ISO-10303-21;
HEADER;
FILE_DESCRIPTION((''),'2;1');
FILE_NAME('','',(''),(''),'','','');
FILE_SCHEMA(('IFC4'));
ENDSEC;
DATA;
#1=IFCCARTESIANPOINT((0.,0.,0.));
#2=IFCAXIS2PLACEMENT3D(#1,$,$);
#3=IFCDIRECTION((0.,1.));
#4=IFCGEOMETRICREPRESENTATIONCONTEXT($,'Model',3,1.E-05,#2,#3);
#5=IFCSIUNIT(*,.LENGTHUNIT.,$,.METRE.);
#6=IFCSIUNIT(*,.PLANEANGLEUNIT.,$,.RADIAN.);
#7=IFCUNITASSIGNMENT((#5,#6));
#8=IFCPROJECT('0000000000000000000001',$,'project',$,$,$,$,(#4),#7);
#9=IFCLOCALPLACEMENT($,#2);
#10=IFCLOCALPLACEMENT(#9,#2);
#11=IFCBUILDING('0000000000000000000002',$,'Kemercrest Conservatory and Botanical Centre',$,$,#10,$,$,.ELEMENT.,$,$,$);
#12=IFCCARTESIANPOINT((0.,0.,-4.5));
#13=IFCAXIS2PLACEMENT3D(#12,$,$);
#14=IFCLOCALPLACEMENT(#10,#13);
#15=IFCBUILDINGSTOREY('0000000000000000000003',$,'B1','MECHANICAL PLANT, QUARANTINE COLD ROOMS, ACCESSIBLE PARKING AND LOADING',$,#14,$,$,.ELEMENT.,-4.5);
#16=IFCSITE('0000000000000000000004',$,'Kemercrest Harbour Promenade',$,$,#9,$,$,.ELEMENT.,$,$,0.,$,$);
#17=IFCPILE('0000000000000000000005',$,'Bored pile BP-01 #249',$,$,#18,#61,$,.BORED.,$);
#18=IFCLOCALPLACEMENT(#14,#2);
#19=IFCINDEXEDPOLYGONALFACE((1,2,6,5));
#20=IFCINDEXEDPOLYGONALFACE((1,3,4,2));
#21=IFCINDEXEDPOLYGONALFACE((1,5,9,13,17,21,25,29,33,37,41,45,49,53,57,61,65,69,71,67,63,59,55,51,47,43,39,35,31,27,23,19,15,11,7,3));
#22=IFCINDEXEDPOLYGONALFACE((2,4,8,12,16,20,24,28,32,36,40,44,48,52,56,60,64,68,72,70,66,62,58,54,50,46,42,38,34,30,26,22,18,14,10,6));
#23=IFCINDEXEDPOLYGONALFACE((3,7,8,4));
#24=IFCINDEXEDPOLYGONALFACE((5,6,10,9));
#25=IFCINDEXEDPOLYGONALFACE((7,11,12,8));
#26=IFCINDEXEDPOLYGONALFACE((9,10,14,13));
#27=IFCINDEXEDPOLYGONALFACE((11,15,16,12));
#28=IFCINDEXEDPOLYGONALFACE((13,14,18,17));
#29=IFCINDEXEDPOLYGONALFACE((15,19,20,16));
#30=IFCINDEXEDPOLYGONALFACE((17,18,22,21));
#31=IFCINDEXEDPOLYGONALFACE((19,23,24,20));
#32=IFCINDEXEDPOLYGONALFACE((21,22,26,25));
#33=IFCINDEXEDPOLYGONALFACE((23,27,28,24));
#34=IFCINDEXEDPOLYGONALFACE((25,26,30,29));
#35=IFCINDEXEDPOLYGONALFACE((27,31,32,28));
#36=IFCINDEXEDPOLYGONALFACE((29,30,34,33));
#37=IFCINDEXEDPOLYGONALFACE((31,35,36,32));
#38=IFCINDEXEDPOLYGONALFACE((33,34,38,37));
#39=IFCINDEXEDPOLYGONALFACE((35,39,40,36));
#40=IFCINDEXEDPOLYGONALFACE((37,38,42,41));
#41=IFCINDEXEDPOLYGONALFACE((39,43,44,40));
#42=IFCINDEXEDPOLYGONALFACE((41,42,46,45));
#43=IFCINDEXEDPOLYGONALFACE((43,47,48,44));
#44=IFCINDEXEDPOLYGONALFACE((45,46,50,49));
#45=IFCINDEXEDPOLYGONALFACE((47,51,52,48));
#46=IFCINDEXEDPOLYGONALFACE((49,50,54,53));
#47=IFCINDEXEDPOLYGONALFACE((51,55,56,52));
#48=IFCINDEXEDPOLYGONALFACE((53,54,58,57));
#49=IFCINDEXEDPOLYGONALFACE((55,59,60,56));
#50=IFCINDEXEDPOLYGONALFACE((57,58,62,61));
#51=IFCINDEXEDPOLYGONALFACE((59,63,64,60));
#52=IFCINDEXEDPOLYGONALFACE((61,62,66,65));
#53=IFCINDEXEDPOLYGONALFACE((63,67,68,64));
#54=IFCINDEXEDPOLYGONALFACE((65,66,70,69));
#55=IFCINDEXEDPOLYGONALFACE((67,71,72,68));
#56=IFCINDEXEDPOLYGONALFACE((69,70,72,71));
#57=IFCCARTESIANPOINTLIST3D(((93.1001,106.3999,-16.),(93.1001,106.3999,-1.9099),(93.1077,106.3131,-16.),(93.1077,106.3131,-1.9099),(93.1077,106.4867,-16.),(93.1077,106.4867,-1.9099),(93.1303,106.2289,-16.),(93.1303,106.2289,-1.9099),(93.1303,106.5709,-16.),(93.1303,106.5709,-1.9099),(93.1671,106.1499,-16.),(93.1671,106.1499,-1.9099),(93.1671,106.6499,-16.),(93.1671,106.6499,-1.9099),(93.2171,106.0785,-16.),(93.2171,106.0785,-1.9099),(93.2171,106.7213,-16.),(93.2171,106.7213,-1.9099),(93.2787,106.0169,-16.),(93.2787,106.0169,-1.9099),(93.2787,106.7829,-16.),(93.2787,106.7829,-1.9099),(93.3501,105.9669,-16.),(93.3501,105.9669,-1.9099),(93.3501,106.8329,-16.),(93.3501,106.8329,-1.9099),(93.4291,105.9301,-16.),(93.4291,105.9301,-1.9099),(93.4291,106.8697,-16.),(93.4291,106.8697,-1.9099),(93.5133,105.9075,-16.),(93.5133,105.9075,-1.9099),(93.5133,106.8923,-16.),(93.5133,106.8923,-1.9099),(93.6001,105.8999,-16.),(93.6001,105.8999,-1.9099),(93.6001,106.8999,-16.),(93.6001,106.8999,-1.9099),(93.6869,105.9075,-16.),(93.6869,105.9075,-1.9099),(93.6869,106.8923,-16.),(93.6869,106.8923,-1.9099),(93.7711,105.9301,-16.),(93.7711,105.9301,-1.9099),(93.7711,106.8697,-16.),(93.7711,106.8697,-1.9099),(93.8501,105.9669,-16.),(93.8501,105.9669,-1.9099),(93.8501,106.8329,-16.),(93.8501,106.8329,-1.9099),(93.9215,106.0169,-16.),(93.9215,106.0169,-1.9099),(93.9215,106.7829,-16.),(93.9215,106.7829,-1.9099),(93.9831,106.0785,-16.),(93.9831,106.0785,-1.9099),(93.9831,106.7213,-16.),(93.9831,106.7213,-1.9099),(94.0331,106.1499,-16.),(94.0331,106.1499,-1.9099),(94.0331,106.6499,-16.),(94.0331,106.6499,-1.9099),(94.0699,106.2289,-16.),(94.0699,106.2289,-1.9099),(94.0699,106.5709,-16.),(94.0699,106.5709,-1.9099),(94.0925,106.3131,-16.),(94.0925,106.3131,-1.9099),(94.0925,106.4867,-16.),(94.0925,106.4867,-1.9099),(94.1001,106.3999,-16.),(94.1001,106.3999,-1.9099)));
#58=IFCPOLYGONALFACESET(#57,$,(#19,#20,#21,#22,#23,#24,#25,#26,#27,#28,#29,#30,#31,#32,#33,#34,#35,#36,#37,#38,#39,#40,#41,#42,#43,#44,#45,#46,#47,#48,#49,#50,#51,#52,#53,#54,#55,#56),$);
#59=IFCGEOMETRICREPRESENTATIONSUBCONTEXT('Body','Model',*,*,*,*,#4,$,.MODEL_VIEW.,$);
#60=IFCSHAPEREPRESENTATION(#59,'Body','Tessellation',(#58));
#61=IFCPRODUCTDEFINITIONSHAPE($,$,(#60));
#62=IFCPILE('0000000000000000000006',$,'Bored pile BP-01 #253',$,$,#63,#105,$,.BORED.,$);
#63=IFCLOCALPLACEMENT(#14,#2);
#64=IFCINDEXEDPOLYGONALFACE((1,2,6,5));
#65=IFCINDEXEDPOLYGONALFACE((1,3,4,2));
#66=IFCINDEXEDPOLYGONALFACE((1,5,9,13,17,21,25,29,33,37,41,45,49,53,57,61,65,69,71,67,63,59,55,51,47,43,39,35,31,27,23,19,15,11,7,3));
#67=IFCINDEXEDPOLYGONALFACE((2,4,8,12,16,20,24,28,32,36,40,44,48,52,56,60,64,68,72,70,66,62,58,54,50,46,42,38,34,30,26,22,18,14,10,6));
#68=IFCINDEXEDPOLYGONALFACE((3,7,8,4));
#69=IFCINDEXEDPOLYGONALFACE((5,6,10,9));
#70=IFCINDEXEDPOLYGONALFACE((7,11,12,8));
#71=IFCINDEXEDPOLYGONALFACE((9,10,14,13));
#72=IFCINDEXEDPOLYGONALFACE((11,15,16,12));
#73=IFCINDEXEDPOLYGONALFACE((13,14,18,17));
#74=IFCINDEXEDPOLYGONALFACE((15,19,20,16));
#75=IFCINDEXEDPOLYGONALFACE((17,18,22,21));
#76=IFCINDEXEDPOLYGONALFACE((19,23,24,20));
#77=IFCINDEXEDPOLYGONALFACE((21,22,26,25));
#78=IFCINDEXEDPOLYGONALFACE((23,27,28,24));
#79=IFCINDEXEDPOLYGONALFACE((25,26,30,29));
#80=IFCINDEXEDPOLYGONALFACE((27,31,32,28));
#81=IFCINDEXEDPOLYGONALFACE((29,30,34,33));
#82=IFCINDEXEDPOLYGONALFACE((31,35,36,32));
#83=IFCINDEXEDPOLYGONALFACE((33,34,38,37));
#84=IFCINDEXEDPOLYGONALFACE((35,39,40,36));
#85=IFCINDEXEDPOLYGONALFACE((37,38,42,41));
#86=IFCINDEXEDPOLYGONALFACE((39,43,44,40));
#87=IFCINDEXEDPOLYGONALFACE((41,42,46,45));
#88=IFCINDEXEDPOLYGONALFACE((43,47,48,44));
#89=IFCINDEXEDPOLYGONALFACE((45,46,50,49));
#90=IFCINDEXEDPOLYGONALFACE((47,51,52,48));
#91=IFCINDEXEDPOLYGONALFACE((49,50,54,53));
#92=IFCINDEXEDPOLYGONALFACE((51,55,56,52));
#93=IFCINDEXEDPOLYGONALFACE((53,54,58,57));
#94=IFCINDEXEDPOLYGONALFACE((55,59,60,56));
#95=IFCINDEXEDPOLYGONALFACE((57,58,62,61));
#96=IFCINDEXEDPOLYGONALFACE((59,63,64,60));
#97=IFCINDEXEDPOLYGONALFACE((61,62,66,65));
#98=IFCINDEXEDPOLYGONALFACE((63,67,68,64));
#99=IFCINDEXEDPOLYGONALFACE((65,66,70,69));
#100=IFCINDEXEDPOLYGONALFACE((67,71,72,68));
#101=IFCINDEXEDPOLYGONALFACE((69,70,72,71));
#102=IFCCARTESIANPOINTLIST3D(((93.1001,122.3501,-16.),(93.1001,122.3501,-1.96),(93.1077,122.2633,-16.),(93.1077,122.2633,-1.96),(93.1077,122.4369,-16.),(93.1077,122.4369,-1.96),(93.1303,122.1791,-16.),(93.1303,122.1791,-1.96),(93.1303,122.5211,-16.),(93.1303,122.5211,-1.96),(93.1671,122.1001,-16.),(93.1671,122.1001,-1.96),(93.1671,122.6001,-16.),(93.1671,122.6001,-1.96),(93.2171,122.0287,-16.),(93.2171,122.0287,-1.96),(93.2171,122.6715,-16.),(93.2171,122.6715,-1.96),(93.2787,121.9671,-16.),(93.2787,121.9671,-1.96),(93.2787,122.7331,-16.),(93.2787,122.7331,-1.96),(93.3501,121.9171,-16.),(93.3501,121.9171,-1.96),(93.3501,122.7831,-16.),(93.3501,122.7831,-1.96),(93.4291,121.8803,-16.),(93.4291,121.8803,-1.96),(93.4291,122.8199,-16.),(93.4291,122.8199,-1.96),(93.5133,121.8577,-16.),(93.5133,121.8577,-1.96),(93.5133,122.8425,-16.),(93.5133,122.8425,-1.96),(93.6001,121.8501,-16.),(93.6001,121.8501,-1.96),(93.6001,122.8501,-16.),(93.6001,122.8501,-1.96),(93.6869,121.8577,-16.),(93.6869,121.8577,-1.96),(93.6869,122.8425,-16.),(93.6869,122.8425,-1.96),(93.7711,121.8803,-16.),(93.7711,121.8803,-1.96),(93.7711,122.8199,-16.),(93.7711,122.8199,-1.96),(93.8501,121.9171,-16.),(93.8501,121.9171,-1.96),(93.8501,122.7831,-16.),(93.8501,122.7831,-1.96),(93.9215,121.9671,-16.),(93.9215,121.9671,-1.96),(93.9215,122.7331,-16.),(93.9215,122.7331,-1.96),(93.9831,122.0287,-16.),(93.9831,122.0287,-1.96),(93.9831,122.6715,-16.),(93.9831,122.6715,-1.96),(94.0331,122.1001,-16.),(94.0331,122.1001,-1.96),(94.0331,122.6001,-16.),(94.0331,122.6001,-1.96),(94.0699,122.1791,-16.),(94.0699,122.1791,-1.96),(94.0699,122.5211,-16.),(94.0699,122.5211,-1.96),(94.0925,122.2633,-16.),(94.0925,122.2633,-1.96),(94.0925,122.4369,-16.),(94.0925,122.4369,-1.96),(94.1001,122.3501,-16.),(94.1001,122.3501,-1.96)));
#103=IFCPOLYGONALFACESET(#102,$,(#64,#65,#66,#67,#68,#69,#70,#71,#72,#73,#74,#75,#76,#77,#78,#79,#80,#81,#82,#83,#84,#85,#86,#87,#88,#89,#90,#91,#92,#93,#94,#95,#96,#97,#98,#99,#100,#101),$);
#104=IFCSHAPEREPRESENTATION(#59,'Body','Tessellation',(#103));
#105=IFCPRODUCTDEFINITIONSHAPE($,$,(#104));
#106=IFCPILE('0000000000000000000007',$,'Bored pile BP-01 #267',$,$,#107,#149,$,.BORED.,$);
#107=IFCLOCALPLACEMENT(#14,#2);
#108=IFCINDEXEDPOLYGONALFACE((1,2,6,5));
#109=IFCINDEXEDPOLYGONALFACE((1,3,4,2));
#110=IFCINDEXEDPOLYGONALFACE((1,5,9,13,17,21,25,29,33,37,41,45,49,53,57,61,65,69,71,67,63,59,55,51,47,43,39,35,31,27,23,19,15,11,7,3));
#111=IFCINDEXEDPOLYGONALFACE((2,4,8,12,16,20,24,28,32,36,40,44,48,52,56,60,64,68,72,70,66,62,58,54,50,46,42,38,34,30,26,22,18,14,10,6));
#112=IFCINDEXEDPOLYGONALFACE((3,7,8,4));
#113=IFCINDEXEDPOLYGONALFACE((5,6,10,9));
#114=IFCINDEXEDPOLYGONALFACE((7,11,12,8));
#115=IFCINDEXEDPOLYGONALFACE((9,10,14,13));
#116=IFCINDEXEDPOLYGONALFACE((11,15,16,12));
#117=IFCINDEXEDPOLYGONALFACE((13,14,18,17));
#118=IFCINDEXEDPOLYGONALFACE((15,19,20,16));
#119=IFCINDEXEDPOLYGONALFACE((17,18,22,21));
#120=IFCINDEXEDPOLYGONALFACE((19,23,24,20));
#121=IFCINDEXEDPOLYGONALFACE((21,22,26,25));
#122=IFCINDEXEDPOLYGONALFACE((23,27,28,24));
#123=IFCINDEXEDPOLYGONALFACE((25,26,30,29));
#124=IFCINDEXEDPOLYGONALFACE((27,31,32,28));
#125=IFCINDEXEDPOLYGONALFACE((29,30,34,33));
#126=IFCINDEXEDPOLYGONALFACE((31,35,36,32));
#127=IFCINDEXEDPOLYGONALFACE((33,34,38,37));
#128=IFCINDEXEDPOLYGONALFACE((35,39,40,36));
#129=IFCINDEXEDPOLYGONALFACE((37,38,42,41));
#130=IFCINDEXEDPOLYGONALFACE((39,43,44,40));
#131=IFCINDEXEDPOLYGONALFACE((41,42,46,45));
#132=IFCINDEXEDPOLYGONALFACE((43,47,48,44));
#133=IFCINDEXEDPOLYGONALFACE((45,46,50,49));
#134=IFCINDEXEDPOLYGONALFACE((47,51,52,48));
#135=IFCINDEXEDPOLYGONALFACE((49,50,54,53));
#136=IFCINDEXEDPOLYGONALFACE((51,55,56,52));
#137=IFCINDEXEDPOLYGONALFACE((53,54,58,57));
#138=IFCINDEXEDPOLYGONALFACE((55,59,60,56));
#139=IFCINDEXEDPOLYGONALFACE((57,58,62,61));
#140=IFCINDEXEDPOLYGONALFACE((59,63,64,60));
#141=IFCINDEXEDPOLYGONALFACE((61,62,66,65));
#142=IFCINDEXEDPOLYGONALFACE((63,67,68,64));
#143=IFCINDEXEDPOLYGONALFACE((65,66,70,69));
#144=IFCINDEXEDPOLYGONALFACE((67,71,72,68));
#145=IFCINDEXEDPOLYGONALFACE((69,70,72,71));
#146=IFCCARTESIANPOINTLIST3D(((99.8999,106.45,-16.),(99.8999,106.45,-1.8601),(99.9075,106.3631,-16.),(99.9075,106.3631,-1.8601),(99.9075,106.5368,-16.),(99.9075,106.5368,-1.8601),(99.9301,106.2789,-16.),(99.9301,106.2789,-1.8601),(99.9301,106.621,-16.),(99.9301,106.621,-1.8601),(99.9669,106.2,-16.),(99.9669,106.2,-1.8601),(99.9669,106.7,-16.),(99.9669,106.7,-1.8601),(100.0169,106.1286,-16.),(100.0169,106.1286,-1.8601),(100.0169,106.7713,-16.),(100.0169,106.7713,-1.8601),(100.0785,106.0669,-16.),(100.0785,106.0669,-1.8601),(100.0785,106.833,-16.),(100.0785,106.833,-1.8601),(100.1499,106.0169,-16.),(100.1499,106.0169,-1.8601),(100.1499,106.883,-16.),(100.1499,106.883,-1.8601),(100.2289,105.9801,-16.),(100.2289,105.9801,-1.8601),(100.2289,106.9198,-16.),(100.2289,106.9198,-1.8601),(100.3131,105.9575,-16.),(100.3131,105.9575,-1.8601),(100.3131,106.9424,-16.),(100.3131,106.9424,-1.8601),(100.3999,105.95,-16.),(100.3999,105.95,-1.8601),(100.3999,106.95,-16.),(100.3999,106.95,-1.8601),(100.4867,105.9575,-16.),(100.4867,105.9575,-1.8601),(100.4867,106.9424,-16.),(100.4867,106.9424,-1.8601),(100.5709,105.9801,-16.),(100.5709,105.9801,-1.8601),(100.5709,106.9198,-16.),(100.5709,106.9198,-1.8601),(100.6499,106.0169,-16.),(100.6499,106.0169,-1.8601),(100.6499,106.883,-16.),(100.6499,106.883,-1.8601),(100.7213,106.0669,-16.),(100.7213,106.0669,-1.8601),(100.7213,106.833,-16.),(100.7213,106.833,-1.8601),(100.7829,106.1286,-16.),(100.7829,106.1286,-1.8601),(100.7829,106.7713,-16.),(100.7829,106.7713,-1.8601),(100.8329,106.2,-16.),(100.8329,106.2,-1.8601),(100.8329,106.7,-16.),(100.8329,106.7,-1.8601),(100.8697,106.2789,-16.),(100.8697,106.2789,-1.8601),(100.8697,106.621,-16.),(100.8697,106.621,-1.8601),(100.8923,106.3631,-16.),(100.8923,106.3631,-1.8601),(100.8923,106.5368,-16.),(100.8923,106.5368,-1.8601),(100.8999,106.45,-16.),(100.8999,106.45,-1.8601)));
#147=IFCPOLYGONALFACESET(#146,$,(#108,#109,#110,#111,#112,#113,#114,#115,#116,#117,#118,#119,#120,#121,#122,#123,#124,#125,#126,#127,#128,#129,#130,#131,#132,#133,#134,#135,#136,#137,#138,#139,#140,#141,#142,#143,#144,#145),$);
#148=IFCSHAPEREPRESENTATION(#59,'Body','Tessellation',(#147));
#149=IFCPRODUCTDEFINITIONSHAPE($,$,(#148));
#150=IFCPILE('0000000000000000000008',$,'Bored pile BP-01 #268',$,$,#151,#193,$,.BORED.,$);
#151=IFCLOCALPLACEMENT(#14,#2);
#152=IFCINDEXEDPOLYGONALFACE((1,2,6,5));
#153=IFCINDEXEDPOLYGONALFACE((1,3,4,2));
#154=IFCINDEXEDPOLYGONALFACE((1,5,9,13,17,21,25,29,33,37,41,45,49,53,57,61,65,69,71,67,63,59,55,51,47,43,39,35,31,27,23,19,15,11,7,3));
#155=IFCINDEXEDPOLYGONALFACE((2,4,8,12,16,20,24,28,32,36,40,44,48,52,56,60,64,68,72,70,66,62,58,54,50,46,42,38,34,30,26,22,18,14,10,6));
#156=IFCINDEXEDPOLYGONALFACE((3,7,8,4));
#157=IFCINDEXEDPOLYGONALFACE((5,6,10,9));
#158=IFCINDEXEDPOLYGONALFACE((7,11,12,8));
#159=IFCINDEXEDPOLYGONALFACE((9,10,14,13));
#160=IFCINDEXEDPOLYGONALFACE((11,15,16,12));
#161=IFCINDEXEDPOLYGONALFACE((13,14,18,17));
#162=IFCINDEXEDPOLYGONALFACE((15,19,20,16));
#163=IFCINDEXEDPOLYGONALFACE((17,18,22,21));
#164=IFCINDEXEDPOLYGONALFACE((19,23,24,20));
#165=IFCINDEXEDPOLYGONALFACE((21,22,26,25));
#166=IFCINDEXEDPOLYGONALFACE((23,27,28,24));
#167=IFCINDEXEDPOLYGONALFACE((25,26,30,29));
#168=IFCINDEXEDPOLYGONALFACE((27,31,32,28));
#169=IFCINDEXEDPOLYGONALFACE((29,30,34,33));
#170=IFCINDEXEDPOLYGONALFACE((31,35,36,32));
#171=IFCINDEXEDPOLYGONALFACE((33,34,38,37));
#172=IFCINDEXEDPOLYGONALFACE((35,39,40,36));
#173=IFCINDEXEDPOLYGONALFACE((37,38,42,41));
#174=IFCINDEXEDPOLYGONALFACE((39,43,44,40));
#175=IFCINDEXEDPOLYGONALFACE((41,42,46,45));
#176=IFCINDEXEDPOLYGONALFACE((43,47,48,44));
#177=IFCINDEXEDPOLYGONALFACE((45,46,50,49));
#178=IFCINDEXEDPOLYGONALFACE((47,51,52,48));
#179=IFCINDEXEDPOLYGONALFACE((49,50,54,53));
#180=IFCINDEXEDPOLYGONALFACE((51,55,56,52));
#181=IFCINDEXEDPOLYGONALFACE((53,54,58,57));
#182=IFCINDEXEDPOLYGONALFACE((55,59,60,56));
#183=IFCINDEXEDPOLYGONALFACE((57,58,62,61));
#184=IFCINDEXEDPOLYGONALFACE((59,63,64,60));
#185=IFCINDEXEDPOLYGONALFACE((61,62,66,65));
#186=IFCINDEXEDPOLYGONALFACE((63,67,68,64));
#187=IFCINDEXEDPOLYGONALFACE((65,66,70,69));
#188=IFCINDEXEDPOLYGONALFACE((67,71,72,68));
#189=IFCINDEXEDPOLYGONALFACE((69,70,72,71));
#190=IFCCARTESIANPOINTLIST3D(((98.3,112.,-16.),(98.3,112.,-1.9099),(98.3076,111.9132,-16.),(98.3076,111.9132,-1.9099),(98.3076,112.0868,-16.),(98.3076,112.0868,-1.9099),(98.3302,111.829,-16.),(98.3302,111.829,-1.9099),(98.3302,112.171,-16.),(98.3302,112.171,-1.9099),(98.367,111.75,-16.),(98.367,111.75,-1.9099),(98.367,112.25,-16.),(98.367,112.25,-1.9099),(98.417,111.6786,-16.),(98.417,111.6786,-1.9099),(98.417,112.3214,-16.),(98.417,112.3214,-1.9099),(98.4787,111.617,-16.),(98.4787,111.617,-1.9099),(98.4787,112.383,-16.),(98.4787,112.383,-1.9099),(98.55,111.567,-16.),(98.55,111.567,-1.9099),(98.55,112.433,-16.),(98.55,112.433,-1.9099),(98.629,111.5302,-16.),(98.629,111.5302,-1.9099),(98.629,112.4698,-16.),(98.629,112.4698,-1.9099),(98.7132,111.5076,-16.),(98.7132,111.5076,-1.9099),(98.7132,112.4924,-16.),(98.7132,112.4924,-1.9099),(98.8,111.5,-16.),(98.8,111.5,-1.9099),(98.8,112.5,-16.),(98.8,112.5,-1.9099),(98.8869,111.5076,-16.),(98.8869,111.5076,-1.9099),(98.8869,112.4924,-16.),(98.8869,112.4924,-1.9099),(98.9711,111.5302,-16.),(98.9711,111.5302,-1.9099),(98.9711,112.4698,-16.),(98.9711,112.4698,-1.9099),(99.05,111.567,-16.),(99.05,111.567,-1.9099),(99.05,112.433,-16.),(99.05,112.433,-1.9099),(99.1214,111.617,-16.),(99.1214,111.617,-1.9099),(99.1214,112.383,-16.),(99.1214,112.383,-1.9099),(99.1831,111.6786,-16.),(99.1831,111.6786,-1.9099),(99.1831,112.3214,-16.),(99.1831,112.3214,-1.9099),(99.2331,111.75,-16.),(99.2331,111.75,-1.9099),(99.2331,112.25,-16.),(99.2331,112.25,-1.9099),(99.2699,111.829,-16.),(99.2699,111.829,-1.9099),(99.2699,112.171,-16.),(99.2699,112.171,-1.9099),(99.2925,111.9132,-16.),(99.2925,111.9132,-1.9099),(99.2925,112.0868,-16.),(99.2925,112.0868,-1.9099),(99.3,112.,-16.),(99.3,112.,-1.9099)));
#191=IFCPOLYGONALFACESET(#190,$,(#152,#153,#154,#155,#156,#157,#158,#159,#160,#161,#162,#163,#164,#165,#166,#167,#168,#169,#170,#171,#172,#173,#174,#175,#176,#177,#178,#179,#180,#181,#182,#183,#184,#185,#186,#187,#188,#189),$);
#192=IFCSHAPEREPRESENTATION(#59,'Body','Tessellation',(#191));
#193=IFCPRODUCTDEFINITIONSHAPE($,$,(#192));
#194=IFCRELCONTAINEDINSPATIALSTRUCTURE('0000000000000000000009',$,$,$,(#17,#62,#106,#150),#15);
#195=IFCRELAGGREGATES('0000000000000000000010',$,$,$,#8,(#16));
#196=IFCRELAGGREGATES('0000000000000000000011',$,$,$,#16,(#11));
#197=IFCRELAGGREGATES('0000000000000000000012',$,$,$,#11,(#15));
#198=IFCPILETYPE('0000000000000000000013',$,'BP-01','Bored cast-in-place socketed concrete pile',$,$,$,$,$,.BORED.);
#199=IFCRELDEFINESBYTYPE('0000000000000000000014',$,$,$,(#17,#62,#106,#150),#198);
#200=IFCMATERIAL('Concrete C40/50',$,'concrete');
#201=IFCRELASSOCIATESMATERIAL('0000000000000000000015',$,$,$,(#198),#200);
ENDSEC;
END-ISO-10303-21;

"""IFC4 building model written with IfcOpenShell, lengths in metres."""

from ifc_helpers import new_model, si_unit, direction, frame, origin, origin_2d, place, context, subcontext, project, spatial, circle, extrude, material, material_profile, profile_set, type_object, element, save


model = new_model("IFC4")

# Units and contexts
model_context = context("Model", 3, precision=1e-05, world=origin(), true_north=direction((0.0, 1.0)))
body_context = subcontext(model_context, "Body", "Model", "MODEL_VIEW")
ifc_project = project(units=[si_unit("LENGTHUNIT", "METRE"), si_unit("PLANEANGLEUNIT", "RADIAN")], contexts=[model_context])

# Site, building, storey
site_placement = place(None, origin())
site = spatial("IfcSite", under=ifc_project, at=site_placement, Name="Kemercrest Harbour Promenade", CompositionType="ELEMENT", RefElevation=0.0)
building_placement = place(site_placement, origin())
building = spatial("IfcBuilding", under=site, at=building_placement, Name="Kemercrest Conservatory and Botanical Centre", CompositionType="ELEMENT")
storey_placement = place(building_placement, frame((0.0, 0.0, -4.5)))
storey = spatial("IfcBuildingStorey", under=building, at=storey_placement, Name="B1", Description="MECHANICAL PLANT, QUARANTINE COLD ROOMS, ACCESSIBLE PARKING AND LOADING", CompositionType="ELEMENT", Elevation=-4.5)

# Piles
ifc_material_1 = material(Name="Concrete C40/50", Category="concrete")
ifc_material_profile_1 = material_profile(ifc_material_1, circle(Radius=0.5, at=origin_2d()), Name="BORED PILE 1000")
ifc_profile_set_1 = profile_set([ifc_material_profile_1], Name="Concrete C40/50")
pile_type_1 = type_object("IfcPileType", Name="BP-01", Description="Bored cast-in-place socketed concrete pile", PredefinedType="BORED", material=ifc_profile_set_1)
pile_1_placement = place(storey_placement, frame((93.6001, 106.3999, -1.9099), z_axis=(0.0, 0.0, -1.0), x_axis=(1.0, 0.0, 0.0)))
element("IfcPile", 1, at=pile_1_placement, inside=storey, type_object=pile_type_1, Name="Bored pile BP-01 #249", PredefinedType="BORED", context=body_context, shape_type="SweptSolid", body=[
    extrude(circle(Radius=0.5, at=origin_2d()), origin(), (0.0, 0.0, 1.0), 14.0901),
])
pile_2_placement = place(storey_placement, frame((93.6001, 122.3501, -1.96), z_axis=(0.0, 0.0, -1.0), x_axis=(1.0, 0.0, 0.0)))
element("IfcPile", 2, at=pile_2_placement, inside=storey, type_object=pile_type_1, Name="Bored pile BP-01 #253", PredefinedType="BORED", context=body_context, shape_type="SweptSolid", body=[
    extrude(circle(Radius=0.5, at=origin_2d()), origin(), (0.0, 0.0, 1.0), 14.04),
])
pile_3_placement = place(storey_placement, frame((100.3999, 106.45, -1.8601), z_axis=(0.0, 0.0, -1.0), x_axis=(1.0, 0.0, 0.0)))
element("IfcPile", 3, at=pile_3_placement, inside=storey, type_object=pile_type_1, Name="Bored pile BP-01 #267", PredefinedType="BORED", context=body_context, shape_type="SweptSolid", body=[
    extrude(circle(Radius=0.5, at=origin_2d()), origin(), (0.0, 0.0, 1.0), 14.1399),
])
for number, where, z_axis, x_axis, name in (
    (4, (98.8, 112.0, -1.9099), (0.0, 0.0, -1.0), (1.0, 0.0, 0.0), "Bored pile BP-01 #268"),
):
    element("IfcPile", number, at=place(storey_placement, frame(where, z_axis=z_axis, x_axis=x_axis)), inside=storey, type_object=pile_type_1, Name=name, PredefinedType="BORED", context=body_context, shape_type="SweptSolid", body=[
        extrude(circle(Radius=0.5, at=origin_2d()), origin(), (0.0, 0.0, 1.0), 14.0901),
    ])

save(model, "model.ifc")
